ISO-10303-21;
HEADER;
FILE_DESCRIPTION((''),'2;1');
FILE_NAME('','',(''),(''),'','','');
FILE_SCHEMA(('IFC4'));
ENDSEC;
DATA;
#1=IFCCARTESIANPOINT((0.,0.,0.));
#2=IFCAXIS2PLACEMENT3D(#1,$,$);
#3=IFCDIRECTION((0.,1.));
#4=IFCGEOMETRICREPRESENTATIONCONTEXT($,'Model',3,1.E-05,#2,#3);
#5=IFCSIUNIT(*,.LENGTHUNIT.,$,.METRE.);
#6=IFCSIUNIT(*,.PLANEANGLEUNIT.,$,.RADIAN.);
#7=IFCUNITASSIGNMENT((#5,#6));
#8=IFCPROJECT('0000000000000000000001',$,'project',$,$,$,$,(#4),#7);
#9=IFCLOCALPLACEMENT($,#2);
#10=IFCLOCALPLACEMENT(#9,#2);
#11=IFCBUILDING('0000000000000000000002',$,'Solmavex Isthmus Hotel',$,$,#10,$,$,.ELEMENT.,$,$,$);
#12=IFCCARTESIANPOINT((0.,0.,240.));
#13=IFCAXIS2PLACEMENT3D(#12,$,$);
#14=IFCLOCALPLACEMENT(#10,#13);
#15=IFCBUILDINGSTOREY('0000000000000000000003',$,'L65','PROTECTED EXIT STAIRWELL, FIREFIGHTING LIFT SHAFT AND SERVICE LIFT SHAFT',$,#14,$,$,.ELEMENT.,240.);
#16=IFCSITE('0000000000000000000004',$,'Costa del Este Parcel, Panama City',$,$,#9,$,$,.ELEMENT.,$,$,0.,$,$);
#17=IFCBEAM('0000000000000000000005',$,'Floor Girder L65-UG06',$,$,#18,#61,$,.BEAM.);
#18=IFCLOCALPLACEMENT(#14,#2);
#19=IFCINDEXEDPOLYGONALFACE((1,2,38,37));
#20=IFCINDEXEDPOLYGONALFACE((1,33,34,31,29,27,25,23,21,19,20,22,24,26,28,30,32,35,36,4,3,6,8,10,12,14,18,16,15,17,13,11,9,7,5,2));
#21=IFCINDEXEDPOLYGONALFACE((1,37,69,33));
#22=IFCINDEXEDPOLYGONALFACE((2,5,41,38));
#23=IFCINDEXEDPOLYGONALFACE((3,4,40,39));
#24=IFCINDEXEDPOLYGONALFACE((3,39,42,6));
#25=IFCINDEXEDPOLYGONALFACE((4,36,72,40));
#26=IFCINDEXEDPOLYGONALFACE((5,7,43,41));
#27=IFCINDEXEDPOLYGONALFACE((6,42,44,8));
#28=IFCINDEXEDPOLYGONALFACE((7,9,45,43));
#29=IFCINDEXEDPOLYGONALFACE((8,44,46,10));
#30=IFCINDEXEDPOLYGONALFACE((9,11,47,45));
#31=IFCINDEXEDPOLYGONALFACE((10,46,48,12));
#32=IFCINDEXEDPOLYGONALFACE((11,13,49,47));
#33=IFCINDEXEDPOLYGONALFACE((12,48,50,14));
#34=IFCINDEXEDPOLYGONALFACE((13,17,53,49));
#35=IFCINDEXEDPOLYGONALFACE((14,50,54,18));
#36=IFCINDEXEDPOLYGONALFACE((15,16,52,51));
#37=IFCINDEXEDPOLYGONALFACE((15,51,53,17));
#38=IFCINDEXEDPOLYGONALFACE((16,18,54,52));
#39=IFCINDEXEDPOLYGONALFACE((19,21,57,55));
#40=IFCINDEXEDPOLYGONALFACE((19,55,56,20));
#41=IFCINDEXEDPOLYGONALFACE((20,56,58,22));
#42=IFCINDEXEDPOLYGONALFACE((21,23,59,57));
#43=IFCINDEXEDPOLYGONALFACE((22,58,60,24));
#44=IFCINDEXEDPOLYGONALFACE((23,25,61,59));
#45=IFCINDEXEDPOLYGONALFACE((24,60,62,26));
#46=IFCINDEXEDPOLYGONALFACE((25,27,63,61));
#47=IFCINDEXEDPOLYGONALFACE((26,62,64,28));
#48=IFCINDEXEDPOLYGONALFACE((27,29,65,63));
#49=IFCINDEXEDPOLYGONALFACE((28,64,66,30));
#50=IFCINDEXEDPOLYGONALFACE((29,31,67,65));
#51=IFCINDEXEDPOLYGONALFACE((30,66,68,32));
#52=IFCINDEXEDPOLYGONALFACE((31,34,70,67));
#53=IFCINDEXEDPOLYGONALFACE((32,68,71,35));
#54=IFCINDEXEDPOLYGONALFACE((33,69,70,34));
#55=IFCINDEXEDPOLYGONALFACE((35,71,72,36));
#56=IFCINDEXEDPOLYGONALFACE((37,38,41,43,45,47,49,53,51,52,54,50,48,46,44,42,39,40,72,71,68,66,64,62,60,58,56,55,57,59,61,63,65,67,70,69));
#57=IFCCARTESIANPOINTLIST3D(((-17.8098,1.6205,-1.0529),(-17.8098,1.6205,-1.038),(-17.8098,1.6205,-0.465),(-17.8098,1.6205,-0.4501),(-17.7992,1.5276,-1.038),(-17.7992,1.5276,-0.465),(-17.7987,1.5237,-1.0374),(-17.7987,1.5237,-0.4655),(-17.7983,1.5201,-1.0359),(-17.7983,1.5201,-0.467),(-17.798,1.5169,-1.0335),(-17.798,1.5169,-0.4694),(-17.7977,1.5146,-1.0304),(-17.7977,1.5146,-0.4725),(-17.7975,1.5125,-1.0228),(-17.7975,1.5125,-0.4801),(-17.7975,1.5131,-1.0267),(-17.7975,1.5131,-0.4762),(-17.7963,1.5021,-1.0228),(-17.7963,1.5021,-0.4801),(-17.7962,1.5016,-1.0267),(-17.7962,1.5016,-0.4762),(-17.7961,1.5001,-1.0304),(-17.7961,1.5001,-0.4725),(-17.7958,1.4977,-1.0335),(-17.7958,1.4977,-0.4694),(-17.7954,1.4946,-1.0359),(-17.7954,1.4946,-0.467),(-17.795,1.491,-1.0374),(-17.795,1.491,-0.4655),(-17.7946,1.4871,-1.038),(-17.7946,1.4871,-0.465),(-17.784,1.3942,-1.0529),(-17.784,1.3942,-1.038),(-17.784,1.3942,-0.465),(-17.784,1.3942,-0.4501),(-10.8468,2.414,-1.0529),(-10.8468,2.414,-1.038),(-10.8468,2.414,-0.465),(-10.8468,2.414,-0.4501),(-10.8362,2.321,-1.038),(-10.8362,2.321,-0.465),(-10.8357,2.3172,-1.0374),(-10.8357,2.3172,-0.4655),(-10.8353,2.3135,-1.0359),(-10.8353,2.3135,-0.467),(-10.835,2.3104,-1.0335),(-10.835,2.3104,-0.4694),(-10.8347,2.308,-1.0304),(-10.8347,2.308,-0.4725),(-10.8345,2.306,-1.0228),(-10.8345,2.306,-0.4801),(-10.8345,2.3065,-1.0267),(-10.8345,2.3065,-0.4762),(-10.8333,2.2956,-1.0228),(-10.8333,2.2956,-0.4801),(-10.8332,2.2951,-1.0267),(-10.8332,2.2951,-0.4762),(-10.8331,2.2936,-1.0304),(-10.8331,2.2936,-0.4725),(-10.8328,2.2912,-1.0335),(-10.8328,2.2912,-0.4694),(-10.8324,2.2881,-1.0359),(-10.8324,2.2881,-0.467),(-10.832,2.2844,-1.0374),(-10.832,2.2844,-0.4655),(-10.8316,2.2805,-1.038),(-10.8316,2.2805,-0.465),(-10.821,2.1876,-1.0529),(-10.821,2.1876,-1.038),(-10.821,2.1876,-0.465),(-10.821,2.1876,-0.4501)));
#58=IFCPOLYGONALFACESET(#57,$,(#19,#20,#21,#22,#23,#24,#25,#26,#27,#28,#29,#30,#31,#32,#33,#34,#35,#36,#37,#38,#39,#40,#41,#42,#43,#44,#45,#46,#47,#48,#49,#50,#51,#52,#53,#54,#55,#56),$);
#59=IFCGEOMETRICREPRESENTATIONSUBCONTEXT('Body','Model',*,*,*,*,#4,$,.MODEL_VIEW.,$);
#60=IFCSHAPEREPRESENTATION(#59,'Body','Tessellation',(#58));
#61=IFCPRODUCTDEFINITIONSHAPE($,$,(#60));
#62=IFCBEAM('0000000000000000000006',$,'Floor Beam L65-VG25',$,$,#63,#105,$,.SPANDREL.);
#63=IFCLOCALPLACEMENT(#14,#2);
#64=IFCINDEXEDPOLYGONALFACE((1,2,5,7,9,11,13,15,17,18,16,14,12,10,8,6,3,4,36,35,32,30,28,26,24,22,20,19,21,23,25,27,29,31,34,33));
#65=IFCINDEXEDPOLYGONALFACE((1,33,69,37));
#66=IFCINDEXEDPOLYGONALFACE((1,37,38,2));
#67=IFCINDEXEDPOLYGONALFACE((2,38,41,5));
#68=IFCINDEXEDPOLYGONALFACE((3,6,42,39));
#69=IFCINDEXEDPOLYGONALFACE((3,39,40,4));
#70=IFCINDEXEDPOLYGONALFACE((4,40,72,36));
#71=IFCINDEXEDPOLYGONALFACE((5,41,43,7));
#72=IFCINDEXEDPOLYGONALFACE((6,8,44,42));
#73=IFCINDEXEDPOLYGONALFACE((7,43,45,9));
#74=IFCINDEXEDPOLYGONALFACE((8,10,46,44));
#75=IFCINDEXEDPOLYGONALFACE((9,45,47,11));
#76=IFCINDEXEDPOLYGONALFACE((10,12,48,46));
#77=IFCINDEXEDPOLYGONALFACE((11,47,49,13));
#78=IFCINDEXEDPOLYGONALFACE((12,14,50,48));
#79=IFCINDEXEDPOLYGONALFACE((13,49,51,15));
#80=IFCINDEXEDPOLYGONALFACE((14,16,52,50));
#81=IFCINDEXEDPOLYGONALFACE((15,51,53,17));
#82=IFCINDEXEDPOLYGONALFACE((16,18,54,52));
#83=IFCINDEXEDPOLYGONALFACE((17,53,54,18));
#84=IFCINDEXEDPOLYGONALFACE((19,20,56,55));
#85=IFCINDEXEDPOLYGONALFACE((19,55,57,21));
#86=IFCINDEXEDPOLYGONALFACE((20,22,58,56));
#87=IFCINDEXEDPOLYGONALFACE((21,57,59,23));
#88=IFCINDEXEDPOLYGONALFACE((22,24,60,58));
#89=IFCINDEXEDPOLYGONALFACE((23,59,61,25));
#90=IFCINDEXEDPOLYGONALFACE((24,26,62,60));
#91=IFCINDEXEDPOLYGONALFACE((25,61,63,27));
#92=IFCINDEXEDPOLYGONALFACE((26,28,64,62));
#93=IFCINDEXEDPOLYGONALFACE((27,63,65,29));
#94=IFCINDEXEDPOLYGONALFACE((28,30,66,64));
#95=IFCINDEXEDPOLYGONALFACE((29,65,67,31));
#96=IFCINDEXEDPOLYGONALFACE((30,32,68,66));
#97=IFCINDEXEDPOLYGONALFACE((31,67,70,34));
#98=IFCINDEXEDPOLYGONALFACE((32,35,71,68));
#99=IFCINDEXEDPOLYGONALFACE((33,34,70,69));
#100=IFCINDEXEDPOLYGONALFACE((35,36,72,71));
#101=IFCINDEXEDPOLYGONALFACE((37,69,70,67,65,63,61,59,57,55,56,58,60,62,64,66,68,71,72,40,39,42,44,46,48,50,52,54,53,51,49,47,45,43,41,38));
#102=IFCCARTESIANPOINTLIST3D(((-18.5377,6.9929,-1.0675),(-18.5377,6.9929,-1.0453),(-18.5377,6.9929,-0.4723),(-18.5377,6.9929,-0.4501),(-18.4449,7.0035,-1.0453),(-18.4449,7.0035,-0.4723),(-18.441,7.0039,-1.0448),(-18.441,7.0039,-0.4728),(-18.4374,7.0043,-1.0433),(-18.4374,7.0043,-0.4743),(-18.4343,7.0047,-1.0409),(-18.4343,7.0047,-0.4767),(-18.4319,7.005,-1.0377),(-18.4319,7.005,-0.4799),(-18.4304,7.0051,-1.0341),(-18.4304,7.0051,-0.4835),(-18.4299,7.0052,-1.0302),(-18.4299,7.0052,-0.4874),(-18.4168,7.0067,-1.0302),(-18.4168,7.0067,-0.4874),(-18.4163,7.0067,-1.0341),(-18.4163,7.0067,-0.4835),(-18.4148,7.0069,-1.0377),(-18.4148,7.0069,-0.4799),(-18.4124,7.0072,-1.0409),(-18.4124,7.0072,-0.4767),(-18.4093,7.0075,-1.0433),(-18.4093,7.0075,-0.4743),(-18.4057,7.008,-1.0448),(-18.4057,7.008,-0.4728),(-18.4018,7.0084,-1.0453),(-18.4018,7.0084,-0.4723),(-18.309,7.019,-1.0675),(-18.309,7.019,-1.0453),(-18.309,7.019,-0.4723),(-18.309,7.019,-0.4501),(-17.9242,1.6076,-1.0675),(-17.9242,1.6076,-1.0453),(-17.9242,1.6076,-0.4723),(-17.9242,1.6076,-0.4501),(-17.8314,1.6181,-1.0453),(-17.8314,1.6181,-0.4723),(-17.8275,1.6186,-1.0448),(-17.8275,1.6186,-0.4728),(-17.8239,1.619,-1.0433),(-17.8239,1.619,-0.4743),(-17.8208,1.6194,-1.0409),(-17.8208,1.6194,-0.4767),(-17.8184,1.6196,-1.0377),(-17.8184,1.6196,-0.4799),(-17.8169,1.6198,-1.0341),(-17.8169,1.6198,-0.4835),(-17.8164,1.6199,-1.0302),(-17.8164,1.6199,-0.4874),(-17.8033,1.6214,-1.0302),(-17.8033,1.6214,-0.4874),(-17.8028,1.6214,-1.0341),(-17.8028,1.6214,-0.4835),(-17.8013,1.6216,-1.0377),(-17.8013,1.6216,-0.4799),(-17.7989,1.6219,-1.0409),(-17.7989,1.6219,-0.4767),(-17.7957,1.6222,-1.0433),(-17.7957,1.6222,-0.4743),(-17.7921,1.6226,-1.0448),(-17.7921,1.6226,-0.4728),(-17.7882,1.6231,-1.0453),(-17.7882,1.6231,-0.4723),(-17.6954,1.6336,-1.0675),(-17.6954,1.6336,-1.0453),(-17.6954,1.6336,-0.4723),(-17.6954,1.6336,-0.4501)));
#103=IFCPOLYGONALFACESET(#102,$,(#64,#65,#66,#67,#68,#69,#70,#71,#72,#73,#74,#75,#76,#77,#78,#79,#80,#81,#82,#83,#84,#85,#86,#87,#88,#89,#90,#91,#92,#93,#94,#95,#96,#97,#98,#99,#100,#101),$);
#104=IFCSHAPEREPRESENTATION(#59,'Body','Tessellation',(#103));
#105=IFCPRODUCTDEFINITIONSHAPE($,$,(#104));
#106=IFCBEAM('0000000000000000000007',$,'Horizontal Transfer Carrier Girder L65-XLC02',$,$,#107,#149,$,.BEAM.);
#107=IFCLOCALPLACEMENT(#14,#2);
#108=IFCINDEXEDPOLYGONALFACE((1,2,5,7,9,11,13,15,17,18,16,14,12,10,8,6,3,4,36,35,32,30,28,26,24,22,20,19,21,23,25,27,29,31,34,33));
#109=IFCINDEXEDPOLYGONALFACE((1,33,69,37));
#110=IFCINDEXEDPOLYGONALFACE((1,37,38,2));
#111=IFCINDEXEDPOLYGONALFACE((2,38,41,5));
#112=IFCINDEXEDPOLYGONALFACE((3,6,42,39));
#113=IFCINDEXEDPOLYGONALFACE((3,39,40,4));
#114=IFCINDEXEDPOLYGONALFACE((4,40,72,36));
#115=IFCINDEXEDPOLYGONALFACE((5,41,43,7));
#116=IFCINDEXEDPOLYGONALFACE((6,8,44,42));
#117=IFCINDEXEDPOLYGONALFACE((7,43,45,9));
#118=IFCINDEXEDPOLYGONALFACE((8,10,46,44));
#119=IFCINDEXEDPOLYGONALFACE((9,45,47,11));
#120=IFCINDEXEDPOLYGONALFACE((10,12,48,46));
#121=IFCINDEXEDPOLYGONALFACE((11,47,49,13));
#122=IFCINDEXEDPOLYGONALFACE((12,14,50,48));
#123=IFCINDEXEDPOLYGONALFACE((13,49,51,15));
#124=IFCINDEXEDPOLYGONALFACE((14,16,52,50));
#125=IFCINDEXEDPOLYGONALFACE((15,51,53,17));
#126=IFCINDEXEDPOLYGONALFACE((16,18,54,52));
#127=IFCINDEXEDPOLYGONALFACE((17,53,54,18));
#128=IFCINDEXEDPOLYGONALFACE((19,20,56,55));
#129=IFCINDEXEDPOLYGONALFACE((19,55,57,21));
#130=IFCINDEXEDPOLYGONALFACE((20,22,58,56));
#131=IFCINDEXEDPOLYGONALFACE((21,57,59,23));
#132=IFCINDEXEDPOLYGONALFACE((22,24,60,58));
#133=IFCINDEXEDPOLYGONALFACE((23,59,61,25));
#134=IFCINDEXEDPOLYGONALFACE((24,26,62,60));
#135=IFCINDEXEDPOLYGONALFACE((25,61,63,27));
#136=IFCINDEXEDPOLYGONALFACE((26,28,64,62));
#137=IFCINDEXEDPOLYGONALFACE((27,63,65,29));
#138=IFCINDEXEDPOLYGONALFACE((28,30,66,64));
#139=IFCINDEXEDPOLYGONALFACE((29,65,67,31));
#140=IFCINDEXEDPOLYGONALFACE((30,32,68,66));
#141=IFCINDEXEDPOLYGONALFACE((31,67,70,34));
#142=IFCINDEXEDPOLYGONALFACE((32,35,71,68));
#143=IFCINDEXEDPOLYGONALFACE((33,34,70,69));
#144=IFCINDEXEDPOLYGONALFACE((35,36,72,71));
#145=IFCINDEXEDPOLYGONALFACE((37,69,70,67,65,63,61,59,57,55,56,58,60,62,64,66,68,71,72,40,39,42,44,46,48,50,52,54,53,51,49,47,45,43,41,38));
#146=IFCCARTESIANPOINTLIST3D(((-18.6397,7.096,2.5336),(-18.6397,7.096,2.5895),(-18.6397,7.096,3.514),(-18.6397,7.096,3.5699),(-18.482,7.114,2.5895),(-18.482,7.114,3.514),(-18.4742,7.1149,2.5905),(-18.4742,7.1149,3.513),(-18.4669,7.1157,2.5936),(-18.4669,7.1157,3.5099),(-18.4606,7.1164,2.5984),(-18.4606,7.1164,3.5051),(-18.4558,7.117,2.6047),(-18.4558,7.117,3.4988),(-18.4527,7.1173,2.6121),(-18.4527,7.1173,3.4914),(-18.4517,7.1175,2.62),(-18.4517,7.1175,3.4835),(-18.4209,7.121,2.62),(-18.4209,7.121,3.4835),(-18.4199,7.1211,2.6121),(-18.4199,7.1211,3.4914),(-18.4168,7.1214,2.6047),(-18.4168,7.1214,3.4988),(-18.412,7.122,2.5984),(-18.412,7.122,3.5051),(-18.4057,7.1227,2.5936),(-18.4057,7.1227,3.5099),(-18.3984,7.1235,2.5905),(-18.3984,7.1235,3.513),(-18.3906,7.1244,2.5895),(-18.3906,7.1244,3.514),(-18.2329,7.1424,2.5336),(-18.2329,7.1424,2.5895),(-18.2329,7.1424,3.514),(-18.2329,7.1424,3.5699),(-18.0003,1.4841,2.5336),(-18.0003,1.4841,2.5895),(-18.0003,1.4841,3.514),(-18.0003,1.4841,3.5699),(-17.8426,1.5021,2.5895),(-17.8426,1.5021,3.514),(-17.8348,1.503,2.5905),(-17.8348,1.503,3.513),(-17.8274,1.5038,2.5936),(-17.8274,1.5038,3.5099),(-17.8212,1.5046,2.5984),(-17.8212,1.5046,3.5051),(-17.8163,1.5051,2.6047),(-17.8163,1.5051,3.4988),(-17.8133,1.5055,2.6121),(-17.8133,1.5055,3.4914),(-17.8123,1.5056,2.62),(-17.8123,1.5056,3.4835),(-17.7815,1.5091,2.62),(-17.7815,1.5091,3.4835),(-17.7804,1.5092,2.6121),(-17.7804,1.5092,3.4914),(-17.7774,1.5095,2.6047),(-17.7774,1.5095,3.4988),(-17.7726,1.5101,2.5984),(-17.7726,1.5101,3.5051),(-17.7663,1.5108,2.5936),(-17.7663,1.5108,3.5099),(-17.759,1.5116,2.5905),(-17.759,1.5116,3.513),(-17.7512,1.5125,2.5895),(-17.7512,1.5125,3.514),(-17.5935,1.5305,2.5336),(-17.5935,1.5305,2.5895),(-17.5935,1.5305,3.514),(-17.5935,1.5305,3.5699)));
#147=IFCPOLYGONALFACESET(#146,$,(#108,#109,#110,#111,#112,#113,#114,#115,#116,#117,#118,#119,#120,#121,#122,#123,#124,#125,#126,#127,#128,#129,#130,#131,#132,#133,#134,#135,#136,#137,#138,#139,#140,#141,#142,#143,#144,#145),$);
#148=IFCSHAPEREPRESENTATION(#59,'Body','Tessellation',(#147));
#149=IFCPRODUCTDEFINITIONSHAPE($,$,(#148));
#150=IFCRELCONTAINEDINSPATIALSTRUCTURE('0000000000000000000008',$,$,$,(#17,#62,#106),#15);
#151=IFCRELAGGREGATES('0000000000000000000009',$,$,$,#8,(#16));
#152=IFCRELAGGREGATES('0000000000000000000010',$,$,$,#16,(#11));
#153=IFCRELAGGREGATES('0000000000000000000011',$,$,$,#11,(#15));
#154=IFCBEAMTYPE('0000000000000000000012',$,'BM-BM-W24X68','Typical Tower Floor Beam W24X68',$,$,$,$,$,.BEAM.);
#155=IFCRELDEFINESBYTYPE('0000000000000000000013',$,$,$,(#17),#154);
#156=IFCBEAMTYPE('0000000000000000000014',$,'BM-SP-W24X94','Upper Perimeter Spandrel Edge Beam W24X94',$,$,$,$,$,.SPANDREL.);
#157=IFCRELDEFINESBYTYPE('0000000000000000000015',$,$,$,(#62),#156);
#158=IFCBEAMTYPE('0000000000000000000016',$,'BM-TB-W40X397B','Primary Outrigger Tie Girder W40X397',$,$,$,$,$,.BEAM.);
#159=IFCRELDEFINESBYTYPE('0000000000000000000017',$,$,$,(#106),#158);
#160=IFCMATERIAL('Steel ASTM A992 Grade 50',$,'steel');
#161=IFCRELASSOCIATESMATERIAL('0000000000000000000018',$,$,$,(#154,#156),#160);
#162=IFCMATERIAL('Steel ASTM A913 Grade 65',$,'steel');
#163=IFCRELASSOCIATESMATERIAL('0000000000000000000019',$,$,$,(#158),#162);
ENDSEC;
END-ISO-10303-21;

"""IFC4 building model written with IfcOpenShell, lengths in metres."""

from ifc_helpers import new_model, si_unit, direction, frame, origin, origin_2d, place, context, subcontext, project, spatial, i_section, extrude, material, material_profile, profile_set, type_object, element, save


model = new_model("IFC4")

# Units and contexts
model_context = context("Model", 3, precision=1e-05, world=origin(), true_north=direction((0.0, 1.0)))
body_context = subcontext(model_context, "Body", "Model", "MODEL_VIEW")
ifc_project = project(units=[si_unit("LENGTHUNIT", "METRE"), si_unit("PLANEANGLEUNIT", "RADIAN")], contexts=[model_context])

# Site, building, storey
site_placement = place(None, origin())
site = spatial("IfcSite", under=ifc_project, at=site_placement, Name="Costa del Este Parcel, Panama City", CompositionType="ELEMENT", RefElevation=0.0)
building_placement = place(site_placement, origin())
building = spatial("IfcBuilding", under=site, at=building_placement, Name="Solmavex Isthmus Hotel", CompositionType="ELEMENT")
storey_placement = place(building_placement, frame((0.0, 0.0, 240.0)))
storey = spatial("IfcBuildingStorey", under=building, at=storey_placement, Name="L65", Description="PROTECTED EXIT STAIRWELL, FIREFIGHTING LIFT SHAFT AND SERVICE LIFT SHAFT", CompositionType="ELEMENT", Elevation=240.0)

# Shared definitions
ifc_material_1 = material(Name="Steel ASTM A913 Grade 65", Category="steel")

# Beams
ifc_material_2 = material(Name="Steel ASTM A992 Grade 50", Category="steel")
ifc_material_profile_1 = material_profile(ifc_material_2, i_section(OverallWidth=0.2278, OverallDepth=0.6028, WebThickness=0.0105, FlangeThickness=0.0149, FilletRadius=0.0151, at=origin_2d()), Name="W24X68")
ifc_profile_set_1 = profile_set([ifc_material_profile_1], Name="Steel ASTM A992 Grade 50")
beam_type_1 = type_object("IfcBeamType", Name="BM-BM-W24X68", Description="Typical Tower Floor Beam W24X68", PredefinedType="BEAM", material=ifc_profile_set_1)
beam_1_placement = place(storey_placement, frame((-17.7969, 1.5073, -0.7515), z_axis=(0.99357, 0.113222, 0.0), x_axis=(-0.113222, 0.99357, 0.0)))
element("IfcBeam", 1, at=beam_1_placement, inside=storey, type_object=beam_type_1, Name="Floor Girder L65-UG06", PredefinedType="BEAM", context=body_context, shape_type="SweptSolid", body=[
    extrude(i_section(OverallWidth=0.2278, OverallDepth=0.6028, WebThickness=0.0105, FlangeThickness=0.0149, FilletRadius=0.0151, at=origin_2d()), origin(), (0.0, 0.0, 1.0), 7.0081),
])
ifc_material_profile_2 = material_profile(ifc_material_2, i_section(OverallWidth=0.2302, OverallDepth=0.6174, WebThickness=0.0132, FlangeThickness=0.0222, FilletRadius=0.0151, at=origin_2d()), Name="W24X94")
ifc_profile_set_2 = profile_set([ifc_material_profile_2], Name="Steel ASTM A992 Grade 50")
beam_type_2 = type_object("IfcBeamType", Name="BM-SP-W24X94", Description="Upper Perimeter Spandrel Edge Beam W24X94", PredefinedType="SPANDREL", material=ifc_profile_set_2)
beam_2_placement = place(storey_placement, frame((-17.8098, 1.6206, -0.7588), z_axis=(-0.113195, 0.993573, 0.0), x_axis=(-0.993573, -0.113195, 0.0)))
element("IfcBeam", 2, at=beam_2_placement, inside=storey, type_object=beam_type_2, Name="Floor Beam L65-VG25", PredefinedType="SPANDREL", context=body_context, shape_type="SweptSolid", body=[
    extrude(i_section(OverallWidth=0.2302, OverallDepth=0.6174, WebThickness=0.0132, FlangeThickness=0.0222, FilletRadius=0.0151, at=origin_2d()), origin(), (0.0, 0.0, 1.0), 5.4202),
])
ifc_material_profile_3 = material_profile(ifc_material_1, i_section(OverallWidth=0.4094, OverallDepth=1.0364, WebThickness=0.031, FlangeThickness=0.0559, FilletRadius=0.0305, at=origin_2d()), Name="W40X397")
ifc_profile_set_3 = profile_set([ifc_material_profile_3], Name="Steel ASTM A913 Grade 65")
beam_type_3 = type_object("IfcBeamType", Name="BM-TB-W40X397B", Description="Primary Outrigger Tie Girder W40X397", PredefinedType="BEAM", material=ifc_profile_set_3)
beam_3_placement = place(storey_placement, frame((-17.7969, 1.5073, 3.0518), z_axis=(-0.113206, 0.993571, 0.0), x_axis=(-0.993571, -0.113206, 0.0)))
element("IfcBeam", 3, at=beam_3_placement, inside=storey, type_object=beam_type_3, Name="Horizontal Transfer Carrier Girder L65-XLC02", PredefinedType="BEAM", context=body_context, shape_type="SweptSolid", body=[
    extrude(i_section(OverallWidth=0.4094, OverallDepth=1.0364, WebThickness=0.031, FlangeThickness=0.0559, FilletRadius=0.0305, at=origin_2d()), origin(), (0.0, 0.0, 1.0), 5.6482),
])

save(model, "model.ifc")
